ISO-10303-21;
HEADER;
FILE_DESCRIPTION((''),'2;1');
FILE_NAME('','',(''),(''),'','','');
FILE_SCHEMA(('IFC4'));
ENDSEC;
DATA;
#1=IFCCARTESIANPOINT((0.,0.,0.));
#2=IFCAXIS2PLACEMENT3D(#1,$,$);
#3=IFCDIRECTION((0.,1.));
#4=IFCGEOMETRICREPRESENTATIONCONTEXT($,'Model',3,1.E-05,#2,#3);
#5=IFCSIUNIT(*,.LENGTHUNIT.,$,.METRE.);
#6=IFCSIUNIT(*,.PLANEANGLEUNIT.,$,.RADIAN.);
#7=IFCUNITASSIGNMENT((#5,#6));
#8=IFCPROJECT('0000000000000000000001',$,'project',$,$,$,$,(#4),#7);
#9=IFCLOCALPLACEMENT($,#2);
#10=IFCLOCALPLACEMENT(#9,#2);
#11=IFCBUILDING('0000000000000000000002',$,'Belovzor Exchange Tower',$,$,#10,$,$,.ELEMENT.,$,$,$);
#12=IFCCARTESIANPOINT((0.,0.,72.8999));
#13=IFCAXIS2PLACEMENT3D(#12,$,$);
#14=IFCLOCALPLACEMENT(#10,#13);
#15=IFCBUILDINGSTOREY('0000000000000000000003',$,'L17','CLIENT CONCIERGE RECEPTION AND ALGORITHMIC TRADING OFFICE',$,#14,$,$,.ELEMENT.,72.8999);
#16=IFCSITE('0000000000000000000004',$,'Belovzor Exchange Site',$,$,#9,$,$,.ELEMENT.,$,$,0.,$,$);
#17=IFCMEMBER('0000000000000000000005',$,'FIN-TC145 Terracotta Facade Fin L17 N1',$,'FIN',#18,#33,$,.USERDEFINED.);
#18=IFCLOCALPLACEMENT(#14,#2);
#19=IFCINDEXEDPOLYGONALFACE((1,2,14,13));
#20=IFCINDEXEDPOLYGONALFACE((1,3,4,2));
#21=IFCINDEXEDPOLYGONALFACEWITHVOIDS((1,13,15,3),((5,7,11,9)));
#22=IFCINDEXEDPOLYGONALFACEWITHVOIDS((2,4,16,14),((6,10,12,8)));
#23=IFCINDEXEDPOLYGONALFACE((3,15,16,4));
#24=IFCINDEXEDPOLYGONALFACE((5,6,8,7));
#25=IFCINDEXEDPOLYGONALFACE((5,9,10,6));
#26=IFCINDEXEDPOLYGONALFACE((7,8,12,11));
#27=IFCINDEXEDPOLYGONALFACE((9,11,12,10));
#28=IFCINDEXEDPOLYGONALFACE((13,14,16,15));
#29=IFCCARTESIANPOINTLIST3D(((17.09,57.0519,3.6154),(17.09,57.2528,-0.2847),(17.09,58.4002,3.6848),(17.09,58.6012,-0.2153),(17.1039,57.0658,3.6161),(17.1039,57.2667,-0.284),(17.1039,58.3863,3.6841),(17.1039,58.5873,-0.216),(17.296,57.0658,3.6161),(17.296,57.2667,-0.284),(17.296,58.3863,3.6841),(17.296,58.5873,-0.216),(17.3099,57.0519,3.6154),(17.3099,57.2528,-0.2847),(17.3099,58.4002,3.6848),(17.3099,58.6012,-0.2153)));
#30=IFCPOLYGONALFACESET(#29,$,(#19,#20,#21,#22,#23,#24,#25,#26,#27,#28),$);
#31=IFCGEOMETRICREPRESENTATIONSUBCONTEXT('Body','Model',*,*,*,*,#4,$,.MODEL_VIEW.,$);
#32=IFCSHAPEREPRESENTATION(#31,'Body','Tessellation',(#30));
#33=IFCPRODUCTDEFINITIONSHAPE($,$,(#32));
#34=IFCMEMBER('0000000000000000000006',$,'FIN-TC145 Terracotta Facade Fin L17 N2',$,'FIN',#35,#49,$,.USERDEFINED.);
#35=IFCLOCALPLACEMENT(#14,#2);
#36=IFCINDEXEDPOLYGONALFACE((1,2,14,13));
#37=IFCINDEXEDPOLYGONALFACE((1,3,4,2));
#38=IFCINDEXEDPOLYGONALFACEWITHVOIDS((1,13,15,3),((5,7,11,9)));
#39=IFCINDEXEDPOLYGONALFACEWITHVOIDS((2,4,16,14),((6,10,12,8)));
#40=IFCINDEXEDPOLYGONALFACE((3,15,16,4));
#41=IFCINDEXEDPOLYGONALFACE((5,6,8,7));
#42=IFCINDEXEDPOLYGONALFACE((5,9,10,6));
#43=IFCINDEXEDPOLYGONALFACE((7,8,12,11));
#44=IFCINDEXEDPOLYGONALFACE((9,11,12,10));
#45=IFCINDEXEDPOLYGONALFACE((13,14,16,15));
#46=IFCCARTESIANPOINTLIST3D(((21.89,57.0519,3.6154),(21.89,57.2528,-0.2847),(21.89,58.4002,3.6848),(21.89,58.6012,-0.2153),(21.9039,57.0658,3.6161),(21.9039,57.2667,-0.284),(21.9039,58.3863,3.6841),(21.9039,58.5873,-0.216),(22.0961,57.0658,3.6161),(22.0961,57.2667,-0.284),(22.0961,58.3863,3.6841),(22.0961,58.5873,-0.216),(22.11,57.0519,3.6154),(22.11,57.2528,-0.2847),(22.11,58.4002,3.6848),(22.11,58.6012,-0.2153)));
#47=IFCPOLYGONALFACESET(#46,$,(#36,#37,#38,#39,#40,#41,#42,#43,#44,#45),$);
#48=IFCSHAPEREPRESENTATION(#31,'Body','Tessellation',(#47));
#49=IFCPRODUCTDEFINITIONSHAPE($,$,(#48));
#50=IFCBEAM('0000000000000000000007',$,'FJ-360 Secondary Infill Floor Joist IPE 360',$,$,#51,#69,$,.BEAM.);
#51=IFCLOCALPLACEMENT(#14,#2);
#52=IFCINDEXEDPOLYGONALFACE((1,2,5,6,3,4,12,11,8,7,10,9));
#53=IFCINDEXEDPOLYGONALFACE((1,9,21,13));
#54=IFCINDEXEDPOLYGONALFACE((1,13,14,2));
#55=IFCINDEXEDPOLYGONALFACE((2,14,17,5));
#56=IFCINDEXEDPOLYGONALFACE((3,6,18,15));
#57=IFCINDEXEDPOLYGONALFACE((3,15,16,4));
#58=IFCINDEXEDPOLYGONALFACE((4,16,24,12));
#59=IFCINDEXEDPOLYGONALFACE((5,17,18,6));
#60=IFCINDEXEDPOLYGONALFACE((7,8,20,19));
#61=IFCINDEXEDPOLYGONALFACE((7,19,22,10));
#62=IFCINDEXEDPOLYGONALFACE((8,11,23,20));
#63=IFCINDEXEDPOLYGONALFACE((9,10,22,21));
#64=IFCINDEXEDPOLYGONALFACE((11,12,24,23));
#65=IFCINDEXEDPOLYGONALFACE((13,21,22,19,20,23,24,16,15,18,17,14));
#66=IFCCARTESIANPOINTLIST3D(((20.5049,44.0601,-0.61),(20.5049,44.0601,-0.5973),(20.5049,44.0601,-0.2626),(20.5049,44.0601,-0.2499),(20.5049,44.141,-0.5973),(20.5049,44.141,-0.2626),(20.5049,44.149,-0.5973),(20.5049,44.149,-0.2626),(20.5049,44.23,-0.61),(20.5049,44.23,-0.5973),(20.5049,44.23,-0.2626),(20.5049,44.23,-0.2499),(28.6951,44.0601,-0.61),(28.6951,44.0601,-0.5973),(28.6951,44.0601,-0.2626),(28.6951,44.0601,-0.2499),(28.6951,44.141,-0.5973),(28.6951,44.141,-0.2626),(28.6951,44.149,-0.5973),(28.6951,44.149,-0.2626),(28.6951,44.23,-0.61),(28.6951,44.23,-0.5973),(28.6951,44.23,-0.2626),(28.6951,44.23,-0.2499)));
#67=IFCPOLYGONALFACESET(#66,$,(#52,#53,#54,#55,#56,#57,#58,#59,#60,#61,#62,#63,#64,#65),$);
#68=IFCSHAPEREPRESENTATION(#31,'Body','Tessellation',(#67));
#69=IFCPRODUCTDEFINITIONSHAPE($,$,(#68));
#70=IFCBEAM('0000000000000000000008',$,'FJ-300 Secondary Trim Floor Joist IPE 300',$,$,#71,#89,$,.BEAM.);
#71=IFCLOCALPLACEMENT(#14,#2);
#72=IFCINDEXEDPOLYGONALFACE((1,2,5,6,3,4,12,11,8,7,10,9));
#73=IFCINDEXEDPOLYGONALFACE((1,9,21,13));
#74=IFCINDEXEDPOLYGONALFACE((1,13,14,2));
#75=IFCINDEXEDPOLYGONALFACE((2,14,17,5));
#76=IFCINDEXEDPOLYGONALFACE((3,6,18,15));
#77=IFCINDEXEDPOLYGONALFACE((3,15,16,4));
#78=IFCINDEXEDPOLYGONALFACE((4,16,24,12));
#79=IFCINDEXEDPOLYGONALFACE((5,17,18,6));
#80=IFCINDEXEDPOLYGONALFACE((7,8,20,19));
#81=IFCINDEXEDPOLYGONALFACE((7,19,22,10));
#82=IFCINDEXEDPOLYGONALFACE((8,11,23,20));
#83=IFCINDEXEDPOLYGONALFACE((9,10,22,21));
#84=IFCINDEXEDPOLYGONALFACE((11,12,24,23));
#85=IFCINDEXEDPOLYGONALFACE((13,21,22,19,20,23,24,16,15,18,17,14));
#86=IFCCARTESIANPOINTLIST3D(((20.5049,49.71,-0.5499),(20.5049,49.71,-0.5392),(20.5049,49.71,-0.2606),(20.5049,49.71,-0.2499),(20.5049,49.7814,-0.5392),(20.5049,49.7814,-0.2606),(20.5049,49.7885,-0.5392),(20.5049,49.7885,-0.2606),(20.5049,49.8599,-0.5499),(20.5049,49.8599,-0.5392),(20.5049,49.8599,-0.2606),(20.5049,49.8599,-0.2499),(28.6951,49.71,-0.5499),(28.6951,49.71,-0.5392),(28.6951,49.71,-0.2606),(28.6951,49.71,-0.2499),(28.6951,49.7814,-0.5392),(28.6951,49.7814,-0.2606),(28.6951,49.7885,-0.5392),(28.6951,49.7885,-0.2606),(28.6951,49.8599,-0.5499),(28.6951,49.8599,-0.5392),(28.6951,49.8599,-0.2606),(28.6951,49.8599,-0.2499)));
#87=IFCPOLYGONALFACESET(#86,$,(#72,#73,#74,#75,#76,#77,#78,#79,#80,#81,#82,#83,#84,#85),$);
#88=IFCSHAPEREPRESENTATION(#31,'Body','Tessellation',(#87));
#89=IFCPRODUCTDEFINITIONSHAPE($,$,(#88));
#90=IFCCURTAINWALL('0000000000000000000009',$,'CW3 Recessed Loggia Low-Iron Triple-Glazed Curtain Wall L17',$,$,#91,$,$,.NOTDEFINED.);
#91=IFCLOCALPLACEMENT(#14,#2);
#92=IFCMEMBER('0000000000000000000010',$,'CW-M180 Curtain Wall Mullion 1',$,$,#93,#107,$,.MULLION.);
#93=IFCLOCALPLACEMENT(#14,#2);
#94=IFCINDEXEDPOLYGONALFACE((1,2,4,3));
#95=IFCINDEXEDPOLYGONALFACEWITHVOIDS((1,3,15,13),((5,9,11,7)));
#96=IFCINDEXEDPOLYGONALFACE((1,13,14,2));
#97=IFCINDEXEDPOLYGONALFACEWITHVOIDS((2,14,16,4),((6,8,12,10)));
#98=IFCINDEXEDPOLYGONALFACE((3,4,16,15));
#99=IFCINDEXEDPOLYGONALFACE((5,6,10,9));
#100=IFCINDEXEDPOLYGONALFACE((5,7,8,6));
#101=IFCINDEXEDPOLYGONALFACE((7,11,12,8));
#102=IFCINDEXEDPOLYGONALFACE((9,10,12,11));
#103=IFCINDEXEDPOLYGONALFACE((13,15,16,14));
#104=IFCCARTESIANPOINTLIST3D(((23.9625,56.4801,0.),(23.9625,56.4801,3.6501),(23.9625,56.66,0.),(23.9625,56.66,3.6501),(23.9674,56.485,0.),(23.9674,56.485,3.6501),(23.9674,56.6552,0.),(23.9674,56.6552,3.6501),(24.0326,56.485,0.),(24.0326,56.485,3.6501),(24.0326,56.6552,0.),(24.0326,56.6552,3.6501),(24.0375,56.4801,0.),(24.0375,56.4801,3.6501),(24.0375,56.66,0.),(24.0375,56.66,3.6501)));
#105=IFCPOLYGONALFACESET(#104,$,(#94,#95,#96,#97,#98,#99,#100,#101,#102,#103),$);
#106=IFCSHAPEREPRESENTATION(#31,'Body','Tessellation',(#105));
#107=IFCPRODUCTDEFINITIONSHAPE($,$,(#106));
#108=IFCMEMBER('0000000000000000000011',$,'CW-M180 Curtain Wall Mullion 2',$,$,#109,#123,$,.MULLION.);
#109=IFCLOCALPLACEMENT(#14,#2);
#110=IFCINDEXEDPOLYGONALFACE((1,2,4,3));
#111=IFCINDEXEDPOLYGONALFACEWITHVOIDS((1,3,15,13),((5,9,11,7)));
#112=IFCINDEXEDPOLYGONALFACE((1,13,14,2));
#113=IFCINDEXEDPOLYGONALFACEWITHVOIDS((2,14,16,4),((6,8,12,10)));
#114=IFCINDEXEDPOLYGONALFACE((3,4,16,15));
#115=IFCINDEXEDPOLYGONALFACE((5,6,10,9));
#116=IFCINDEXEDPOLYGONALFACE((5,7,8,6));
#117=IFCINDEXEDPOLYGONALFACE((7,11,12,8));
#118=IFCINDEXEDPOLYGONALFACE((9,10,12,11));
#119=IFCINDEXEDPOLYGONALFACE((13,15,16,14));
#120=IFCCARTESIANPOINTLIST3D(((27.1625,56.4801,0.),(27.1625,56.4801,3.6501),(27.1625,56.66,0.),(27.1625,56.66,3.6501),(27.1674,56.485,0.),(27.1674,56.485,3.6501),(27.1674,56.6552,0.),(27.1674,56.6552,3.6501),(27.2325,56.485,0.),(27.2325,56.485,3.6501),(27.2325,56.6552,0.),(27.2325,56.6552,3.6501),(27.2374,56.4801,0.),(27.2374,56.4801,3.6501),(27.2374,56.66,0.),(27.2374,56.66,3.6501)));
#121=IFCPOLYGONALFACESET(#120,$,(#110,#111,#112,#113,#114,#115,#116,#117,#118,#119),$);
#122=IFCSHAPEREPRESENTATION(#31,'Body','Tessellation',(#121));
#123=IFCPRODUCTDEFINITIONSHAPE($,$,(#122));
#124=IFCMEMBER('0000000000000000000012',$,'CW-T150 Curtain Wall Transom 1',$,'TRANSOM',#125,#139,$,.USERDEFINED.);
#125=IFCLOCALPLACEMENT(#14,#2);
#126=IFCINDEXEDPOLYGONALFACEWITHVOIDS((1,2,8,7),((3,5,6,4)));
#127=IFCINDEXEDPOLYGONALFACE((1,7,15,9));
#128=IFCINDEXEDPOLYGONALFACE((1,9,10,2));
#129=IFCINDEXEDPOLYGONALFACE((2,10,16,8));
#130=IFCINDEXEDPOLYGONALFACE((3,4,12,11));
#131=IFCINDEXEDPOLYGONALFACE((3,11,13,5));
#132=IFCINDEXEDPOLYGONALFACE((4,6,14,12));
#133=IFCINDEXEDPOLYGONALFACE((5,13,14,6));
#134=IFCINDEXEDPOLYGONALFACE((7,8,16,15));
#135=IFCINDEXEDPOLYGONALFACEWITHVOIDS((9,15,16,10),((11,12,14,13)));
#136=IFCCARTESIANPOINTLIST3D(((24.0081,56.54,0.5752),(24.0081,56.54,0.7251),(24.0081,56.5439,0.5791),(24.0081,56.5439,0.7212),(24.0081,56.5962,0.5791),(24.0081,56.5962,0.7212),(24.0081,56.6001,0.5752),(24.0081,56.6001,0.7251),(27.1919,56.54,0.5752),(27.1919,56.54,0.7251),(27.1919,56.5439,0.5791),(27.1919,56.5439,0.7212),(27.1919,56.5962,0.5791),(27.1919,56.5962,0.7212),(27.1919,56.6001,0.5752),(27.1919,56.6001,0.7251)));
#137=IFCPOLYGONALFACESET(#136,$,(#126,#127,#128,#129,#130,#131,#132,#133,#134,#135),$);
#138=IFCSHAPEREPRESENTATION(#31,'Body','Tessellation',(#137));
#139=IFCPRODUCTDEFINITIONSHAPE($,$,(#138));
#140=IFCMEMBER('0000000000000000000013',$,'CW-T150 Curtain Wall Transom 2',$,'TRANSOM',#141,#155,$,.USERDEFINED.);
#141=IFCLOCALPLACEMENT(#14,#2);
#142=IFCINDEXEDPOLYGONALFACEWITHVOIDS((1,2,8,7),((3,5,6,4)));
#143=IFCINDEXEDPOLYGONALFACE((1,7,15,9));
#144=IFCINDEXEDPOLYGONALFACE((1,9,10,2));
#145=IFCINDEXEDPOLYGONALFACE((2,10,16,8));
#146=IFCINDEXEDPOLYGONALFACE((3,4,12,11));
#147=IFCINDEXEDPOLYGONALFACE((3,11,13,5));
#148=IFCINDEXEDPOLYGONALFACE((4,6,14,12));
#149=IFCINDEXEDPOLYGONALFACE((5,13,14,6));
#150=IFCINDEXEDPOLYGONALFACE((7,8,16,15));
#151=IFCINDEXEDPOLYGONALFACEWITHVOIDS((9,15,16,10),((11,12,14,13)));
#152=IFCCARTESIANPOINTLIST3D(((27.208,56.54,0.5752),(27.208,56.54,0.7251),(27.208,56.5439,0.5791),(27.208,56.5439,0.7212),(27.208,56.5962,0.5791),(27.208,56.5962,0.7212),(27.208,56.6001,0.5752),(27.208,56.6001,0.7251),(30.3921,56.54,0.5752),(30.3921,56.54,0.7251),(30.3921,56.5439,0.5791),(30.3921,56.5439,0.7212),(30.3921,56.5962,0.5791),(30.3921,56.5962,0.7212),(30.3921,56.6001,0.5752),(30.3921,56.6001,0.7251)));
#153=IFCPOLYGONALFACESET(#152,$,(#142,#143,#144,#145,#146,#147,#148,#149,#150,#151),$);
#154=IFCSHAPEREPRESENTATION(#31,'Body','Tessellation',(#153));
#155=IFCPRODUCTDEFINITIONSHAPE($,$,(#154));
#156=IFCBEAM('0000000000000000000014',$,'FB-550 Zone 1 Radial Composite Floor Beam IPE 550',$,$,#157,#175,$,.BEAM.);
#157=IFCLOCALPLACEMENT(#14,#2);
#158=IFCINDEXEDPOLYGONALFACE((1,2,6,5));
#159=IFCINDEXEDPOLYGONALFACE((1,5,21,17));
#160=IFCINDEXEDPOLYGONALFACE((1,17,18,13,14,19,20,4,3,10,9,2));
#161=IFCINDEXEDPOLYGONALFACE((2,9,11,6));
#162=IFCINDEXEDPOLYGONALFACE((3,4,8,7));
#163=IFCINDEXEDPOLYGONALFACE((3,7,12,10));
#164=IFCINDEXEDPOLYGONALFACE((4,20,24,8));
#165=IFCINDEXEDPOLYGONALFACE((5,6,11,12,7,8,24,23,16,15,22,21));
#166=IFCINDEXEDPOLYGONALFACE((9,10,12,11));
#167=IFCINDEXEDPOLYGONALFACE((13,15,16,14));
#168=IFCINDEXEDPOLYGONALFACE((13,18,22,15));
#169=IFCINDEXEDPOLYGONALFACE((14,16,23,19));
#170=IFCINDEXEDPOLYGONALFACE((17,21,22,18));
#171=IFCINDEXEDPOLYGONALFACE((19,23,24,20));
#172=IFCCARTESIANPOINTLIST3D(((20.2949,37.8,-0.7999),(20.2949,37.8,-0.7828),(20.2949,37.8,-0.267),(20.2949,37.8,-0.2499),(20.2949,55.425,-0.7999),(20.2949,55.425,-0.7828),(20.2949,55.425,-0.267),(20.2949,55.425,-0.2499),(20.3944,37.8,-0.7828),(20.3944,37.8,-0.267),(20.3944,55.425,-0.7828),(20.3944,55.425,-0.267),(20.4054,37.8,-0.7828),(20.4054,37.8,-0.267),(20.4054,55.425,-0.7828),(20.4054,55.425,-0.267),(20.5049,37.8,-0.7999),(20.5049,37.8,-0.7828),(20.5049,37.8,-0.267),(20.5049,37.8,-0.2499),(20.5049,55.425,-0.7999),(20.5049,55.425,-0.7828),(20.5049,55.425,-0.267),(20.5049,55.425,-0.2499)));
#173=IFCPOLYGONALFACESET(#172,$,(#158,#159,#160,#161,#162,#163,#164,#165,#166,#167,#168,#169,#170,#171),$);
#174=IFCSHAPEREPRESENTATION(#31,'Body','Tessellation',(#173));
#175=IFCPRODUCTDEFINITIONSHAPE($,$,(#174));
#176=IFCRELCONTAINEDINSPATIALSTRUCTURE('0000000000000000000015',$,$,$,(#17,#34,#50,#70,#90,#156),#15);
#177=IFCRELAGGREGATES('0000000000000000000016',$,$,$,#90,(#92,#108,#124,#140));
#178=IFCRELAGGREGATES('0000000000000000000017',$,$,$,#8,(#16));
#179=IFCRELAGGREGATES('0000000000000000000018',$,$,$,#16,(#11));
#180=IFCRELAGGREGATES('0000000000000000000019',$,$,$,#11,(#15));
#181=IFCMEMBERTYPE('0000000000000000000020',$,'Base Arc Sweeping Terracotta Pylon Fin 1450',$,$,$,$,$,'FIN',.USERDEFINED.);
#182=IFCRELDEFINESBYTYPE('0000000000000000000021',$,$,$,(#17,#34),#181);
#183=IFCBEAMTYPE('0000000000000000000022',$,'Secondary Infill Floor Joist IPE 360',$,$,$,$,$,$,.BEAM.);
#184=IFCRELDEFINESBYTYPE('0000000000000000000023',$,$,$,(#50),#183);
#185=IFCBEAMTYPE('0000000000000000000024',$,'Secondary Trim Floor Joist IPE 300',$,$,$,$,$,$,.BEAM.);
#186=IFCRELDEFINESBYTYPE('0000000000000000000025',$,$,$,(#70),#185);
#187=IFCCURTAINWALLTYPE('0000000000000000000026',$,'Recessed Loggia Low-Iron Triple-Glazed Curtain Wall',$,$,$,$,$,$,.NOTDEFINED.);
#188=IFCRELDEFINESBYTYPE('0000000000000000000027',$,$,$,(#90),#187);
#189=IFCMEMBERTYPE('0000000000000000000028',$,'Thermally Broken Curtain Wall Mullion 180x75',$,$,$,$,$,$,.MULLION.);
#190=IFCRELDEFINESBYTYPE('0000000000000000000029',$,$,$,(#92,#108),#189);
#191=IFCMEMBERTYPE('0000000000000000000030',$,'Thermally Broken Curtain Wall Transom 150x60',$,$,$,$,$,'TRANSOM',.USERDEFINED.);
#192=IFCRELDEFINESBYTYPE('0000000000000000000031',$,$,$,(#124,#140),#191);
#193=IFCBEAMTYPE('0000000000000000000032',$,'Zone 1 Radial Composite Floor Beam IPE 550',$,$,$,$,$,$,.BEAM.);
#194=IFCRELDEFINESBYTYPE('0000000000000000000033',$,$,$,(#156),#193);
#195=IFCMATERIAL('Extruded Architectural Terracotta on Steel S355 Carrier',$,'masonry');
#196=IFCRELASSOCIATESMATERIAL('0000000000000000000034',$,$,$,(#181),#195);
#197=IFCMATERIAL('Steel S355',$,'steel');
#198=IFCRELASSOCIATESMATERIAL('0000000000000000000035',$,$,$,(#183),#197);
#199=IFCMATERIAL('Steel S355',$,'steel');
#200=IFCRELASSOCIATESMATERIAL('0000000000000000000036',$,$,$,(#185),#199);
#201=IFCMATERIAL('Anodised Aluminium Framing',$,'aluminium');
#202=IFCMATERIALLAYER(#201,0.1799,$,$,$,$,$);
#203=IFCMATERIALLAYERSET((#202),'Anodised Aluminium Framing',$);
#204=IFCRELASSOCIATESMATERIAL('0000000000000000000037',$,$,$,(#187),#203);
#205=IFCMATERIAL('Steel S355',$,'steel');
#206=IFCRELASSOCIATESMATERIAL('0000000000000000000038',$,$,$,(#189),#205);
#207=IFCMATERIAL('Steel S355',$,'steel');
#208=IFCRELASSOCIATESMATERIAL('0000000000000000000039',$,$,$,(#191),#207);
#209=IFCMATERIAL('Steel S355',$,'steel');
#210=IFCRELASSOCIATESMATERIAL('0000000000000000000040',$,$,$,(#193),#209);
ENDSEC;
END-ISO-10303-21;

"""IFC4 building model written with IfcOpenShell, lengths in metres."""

from ifc_helpers import new_model, si_unit, direction, frame, origin, origin_2d, place, context, subcontext, project, spatial, hollow_rectangle, i_section, extrude, material, layer, layer_set, material_profile, profile_set, type_object, element, aggregate, save


model = new_model("IFC4")

# Units and contexts
model_context = context("Model", 3, precision=1e-05, world=origin(), true_north=direction((0.0, 1.0)))
body_context = subcontext(model_context, "Body", "Model", "MODEL_VIEW")
ifc_project = project(units=[si_unit("LENGTHUNIT", "METRE"), si_unit("PLANEANGLEUNIT", "RADIAN")], contexts=[model_context])

# Site, building, storey
site_placement = place(None, origin())
site = spatial("IfcSite", under=ifc_project, at=site_placement, Name="Belovzor Exchange Site", CompositionType="ELEMENT", RefElevation=0.0)
building_placement = place(site_placement, origin())
building = spatial("IfcBuilding", under=site, at=building_placement, Name="Belovzor Exchange Tower", CompositionType="ELEMENT")
storey_placement = place(building_placement, frame((0.0, 0.0, 72.8999)))
storey = spatial("IfcBuildingStorey", under=building, at=storey_placement, Name="L17", Description="CLIENT CONCIERGE RECEPTION AND ALGORITHMIC TRADING OFFICE", CompositionType="ELEMENT", Elevation=72.8999)

# Members
ifc_material_1 = material(Name="Extruded Architectural Terracotta on Steel S355 Carrier", Category="masonry")
ifc_material_profile_1 = material_profile(ifc_material_1, hollow_rectangle(XDim=0.22, YDim=1.3501, WallThickness=0.0139, at=origin_2d()))
ifc_profile_set_1 = profile_set([ifc_material_profile_1], Name="Extruded Architectural Terracotta on Steel S355 Carrier")
member_type_1 = type_object("IfcMemberType", Name="Base Arc Sweeping Terracotta Pylon Fin 1450", ElementType="FIN", PredefinedType="USERDEFINED", material=ifc_profile_set_1)
for number, where, z_axis, x_axis, name in (
    (1, (17.2, 57.927, -0.25), (0.0, -0.05145, 0.998676), (1.0, 0.0, 0.0), "FIN-TC145 Terracotta Facade Fin L17 N1"),
    (2, (22.0, 57.927, -0.25), (0.0, -0.05145, 0.998676), (1.0, 0.0, 0.0), "FIN-TC145 Terracotta Facade Fin L17 N2"),
):
    element("IfcMember", number, at=place(storey_placement, frame(where, z_axis=z_axis, x_axis=x_axis)), inside=storey, type_object=member_type_1, Name=name, ObjectType="FIN", PredefinedType="USERDEFINED", context=body_context, shape_type="SweptSolid", body=[
        extrude(hollow_rectangle(XDim=0.22, YDim=1.3501, WallThickness=0.0139, at=origin_2d()), origin(), (0.0, 0.0, 1.0), 3.9053),
    ])

# Beams
ifc_material_2 = material(Name="Steel S355", Category="steel")
ifc_material_profile_2 = material_profile(ifc_material_2, i_section(OverallWidth=0.1699, OverallDepth=0.3601, WebThickness=0.0081, FlangeThickness=0.0127, at=origin_2d()))
ifc_profile_set_2 = profile_set([ifc_material_profile_2], Name="Steel S355")
beam_type_1 = type_object("IfcBeamType", Name="Secondary Infill Floor Joist IPE 360", PredefinedType="BEAM", material=ifc_profile_set_2)
beam_1_placement = place(storey_placement, frame((20.5049, 44.145, -0.4299), z_axis=(1.0, 0.0, 0.0), x_axis=(0.0, 1.0, 0.0)))
element("IfcBeam", 3, at=beam_1_placement, inside=storey, type_object=beam_type_1, Name="FJ-360 Secondary Infill Floor Joist IPE 360", PredefinedType="BEAM", context=body_context, shape_type="SweptSolid", body=[
    extrude(i_section(OverallWidth=0.1699, OverallDepth=0.3601, WebThickness=0.0081, FlangeThickness=0.0127, at=origin_2d()), origin(), (0.0, 0.0, 1.0), 8.1902),
])
ifc_material_3 = material(Name="Steel S355", Category="steel")
ifc_material_profile_3 = material_profile(ifc_material_3, i_section(OverallWidth=0.1499, OverallDepth=0.3, WebThickness=0.0071, FlangeThickness=0.0107, at=origin_2d()))
ifc_profile_set_3 = profile_set([ifc_material_profile_3], Name="Steel S355")
beam_type_2 = type_object("IfcBeamType", Name="Secondary Trim Floor Joist IPE 300", PredefinedType="BEAM", material=ifc_profile_set_3)
beam_2_placement = place(storey_placement, frame((20.5049, 49.7849, -0.3999), z_axis=(1.0, 0.0, 0.0), x_axis=(0.0, 1.0, 0.0)))
element("IfcBeam", 4, at=beam_2_placement, inside=storey, type_object=beam_type_2, Name="FJ-300 Secondary Trim Floor Joist IPE 300", PredefinedType="BEAM", context=body_context, shape_type="SweptSolid", body=[
    extrude(i_section(OverallWidth=0.1499, OverallDepth=0.3, WebThickness=0.0071, FlangeThickness=0.0107, at=origin_2d()), origin(), (0.0, 0.0, 1.0), 8.1902),
])

# Curtain wall, members
ifc_material_4 = material(Name="Anodised Aluminium Framing", Category="aluminium")
ifc_layer_1 = layer(ifc_material_4, 0.1799)
ifc_layer_set_1 = layer_set([ifc_layer_1], Name="Anodised Aluminium Framing")
curtain_wall_type = type_object("IfcCurtainWallType", Name="Recessed Loggia Low-Iron Triple-Glazed Curtain Wall", PredefinedType="NOTDEFINED", material=ifc_layer_set_1)
curtain_wall_placement = place(storey_placement, origin())
curtain_wall = element("IfcCurtainWall", 5, at=curtain_wall_placement, inside=storey, type_object=curtain_wall_type, Name="CW3 Recessed Loggia Low-Iron Triple-Glazed Curtain Wall L17", PredefinedType="NOTDEFINED")
ifc_material_5 = material(Name="Steel S355", Category="steel")
ifc_material_profile_4 = material_profile(ifc_material_5, hollow_rectangle(XDim=0.075, YDim=0.1799, WallThickness=0.0049, at=origin_2d()))
ifc_profile_set_4 = profile_set([ifc_material_profile_4], Name="Steel S355")
member_type_2 = type_object("IfcMemberType", Name="Thermally Broken Curtain Wall Mullion 180x75", PredefinedType="MULLION", material=ifc_profile_set_4)
member_1_placement = place(storey_placement, frame((24.0, 56.5701, 0.0), z_axis=(0.0, 0.0, 1.0), x_axis=(1.0, 0.0, 0.0)))
member_1 = element("IfcMember", 6, at=member_1_placement, type_object=member_type_2, Name="CW-M180 Curtain Wall Mullion 1", PredefinedType="MULLION", context=body_context, shape_type="SweptSolid", body=[
    extrude(hollow_rectangle(XDim=0.075, YDim=0.1799, WallThickness=0.0049, at=origin_2d()), origin(), (0.0, 0.0, 1.0), 3.6501),
])
member_2_placement = place(storey_placement, frame((27.2, 56.5701, 0.0), z_axis=(0.0, 0.0, 1.0), x_axis=(1.0, 0.0, 0.0)))
member_2 = element("IfcMember", 7, at=member_2_placement, type_object=member_type_2, Name="CW-M180 Curtain Wall Mullion 2", PredefinedType="MULLION", context=body_context, shape_type="SweptSolid", body=[
    extrude(hollow_rectangle(XDim=0.075, YDim=0.1799, WallThickness=0.0049, at=origin_2d()), origin(), (0.0, 0.0, 1.0), 3.6501),
])
ifc_material_6 = material(Name="Steel S355", Category="steel")
ifc_material_profile_5 = material_profile(ifc_material_6, hollow_rectangle(XDim=0.0601, YDim=0.1499, WallThickness=0.0039, at=origin_2d()))
ifc_profile_set_5 = profile_set([ifc_material_profile_5], Name="Steel S355")
member_type_3 = type_object("IfcMemberType", Name="Thermally Broken Curtain Wall Transom 150x60", ElementType="TRANSOM", PredefinedType="USERDEFINED", material=ifc_profile_set_5)
member_3_placement = place(storey_placement, frame((24.0081, 56.5701, 0.6501), z_axis=(1.0, 0.0, 0.0), x_axis=(0.0, 1.0, 0.0)))
member_3 = element("IfcMember", 8, at=member_3_placement, type_object=member_type_3, Name="CW-T150 Curtain Wall Transom 1", ObjectType="TRANSOM", PredefinedType="USERDEFINED", context=body_context, shape_type="SweptSolid", body=[
    extrude(hollow_rectangle(XDim=0.0601, YDim=0.1499, WallThickness=0.0039, at=origin_2d()), origin(), (0.0, 0.0, 1.0), 3.1838),
])
member_4_placement = place(storey_placement, frame((27.208, 56.5701, 0.6501), z_axis=(1.0, 0.0, 0.0), x_axis=(0.0, 1.0, 0.0)))
member_4 = element("IfcMember", 9, at=member_4_placement, type_object=member_type_3, Name="CW-T150 Curtain Wall Transom 2", ObjectType="TRANSOM", PredefinedType="USERDEFINED", context=body_context, shape_type="SweptSolid", body=[
    extrude(hollow_rectangle(XDim=0.0601, YDim=0.1499, WallThickness=0.0039, at=origin_2d()), origin(), (0.0, 0.0, 1.0), 3.1841),
])

# Beam
ifc_material_7 = material(Name="Steel S355", Category="steel")
ifc_material_profile_6 = material_profile(ifc_material_7, i_section(OverallWidth=0.21, OverallDepth=0.55, WebThickness=0.011, FlangeThickness=0.0171, at=origin_2d()))
ifc_profile_set_6 = profile_set([ifc_material_profile_6], Name="Steel S355")
beam_type_3 = type_object("IfcBeamType", Name="Zone 1 Radial Composite Floor Beam IPE 550", PredefinedType="BEAM", material=ifc_profile_set_6)
for number, where, z_axis, x_axis, name in (
    (10, (20.3999, 37.8, -0.5249), (0.0, 1.0, 0.0), (-1.0, 0.0, 0.0), "FB-550 Zone 1 Radial Composite Floor Beam IPE 550"),
):
    element("IfcBeam", number, at=place(storey_placement, frame(where, z_axis=z_axis, x_axis=x_axis)), inside=storey, type_object=beam_type_3, Name=name, PredefinedType="BEAM", context=body_context, shape_type="SweptSolid", body=[
        extrude(i_section(OverallWidth=0.21, OverallDepth=0.55, WebThickness=0.011, FlangeThickness=0.0171, at=origin_2d()), origin(), (0.0, 0.0, 1.0), 17.625),
    ])

aggregate(curtain_wall, [member_1, member_2, member_3, member_4])

save(model, "model.ifc")
